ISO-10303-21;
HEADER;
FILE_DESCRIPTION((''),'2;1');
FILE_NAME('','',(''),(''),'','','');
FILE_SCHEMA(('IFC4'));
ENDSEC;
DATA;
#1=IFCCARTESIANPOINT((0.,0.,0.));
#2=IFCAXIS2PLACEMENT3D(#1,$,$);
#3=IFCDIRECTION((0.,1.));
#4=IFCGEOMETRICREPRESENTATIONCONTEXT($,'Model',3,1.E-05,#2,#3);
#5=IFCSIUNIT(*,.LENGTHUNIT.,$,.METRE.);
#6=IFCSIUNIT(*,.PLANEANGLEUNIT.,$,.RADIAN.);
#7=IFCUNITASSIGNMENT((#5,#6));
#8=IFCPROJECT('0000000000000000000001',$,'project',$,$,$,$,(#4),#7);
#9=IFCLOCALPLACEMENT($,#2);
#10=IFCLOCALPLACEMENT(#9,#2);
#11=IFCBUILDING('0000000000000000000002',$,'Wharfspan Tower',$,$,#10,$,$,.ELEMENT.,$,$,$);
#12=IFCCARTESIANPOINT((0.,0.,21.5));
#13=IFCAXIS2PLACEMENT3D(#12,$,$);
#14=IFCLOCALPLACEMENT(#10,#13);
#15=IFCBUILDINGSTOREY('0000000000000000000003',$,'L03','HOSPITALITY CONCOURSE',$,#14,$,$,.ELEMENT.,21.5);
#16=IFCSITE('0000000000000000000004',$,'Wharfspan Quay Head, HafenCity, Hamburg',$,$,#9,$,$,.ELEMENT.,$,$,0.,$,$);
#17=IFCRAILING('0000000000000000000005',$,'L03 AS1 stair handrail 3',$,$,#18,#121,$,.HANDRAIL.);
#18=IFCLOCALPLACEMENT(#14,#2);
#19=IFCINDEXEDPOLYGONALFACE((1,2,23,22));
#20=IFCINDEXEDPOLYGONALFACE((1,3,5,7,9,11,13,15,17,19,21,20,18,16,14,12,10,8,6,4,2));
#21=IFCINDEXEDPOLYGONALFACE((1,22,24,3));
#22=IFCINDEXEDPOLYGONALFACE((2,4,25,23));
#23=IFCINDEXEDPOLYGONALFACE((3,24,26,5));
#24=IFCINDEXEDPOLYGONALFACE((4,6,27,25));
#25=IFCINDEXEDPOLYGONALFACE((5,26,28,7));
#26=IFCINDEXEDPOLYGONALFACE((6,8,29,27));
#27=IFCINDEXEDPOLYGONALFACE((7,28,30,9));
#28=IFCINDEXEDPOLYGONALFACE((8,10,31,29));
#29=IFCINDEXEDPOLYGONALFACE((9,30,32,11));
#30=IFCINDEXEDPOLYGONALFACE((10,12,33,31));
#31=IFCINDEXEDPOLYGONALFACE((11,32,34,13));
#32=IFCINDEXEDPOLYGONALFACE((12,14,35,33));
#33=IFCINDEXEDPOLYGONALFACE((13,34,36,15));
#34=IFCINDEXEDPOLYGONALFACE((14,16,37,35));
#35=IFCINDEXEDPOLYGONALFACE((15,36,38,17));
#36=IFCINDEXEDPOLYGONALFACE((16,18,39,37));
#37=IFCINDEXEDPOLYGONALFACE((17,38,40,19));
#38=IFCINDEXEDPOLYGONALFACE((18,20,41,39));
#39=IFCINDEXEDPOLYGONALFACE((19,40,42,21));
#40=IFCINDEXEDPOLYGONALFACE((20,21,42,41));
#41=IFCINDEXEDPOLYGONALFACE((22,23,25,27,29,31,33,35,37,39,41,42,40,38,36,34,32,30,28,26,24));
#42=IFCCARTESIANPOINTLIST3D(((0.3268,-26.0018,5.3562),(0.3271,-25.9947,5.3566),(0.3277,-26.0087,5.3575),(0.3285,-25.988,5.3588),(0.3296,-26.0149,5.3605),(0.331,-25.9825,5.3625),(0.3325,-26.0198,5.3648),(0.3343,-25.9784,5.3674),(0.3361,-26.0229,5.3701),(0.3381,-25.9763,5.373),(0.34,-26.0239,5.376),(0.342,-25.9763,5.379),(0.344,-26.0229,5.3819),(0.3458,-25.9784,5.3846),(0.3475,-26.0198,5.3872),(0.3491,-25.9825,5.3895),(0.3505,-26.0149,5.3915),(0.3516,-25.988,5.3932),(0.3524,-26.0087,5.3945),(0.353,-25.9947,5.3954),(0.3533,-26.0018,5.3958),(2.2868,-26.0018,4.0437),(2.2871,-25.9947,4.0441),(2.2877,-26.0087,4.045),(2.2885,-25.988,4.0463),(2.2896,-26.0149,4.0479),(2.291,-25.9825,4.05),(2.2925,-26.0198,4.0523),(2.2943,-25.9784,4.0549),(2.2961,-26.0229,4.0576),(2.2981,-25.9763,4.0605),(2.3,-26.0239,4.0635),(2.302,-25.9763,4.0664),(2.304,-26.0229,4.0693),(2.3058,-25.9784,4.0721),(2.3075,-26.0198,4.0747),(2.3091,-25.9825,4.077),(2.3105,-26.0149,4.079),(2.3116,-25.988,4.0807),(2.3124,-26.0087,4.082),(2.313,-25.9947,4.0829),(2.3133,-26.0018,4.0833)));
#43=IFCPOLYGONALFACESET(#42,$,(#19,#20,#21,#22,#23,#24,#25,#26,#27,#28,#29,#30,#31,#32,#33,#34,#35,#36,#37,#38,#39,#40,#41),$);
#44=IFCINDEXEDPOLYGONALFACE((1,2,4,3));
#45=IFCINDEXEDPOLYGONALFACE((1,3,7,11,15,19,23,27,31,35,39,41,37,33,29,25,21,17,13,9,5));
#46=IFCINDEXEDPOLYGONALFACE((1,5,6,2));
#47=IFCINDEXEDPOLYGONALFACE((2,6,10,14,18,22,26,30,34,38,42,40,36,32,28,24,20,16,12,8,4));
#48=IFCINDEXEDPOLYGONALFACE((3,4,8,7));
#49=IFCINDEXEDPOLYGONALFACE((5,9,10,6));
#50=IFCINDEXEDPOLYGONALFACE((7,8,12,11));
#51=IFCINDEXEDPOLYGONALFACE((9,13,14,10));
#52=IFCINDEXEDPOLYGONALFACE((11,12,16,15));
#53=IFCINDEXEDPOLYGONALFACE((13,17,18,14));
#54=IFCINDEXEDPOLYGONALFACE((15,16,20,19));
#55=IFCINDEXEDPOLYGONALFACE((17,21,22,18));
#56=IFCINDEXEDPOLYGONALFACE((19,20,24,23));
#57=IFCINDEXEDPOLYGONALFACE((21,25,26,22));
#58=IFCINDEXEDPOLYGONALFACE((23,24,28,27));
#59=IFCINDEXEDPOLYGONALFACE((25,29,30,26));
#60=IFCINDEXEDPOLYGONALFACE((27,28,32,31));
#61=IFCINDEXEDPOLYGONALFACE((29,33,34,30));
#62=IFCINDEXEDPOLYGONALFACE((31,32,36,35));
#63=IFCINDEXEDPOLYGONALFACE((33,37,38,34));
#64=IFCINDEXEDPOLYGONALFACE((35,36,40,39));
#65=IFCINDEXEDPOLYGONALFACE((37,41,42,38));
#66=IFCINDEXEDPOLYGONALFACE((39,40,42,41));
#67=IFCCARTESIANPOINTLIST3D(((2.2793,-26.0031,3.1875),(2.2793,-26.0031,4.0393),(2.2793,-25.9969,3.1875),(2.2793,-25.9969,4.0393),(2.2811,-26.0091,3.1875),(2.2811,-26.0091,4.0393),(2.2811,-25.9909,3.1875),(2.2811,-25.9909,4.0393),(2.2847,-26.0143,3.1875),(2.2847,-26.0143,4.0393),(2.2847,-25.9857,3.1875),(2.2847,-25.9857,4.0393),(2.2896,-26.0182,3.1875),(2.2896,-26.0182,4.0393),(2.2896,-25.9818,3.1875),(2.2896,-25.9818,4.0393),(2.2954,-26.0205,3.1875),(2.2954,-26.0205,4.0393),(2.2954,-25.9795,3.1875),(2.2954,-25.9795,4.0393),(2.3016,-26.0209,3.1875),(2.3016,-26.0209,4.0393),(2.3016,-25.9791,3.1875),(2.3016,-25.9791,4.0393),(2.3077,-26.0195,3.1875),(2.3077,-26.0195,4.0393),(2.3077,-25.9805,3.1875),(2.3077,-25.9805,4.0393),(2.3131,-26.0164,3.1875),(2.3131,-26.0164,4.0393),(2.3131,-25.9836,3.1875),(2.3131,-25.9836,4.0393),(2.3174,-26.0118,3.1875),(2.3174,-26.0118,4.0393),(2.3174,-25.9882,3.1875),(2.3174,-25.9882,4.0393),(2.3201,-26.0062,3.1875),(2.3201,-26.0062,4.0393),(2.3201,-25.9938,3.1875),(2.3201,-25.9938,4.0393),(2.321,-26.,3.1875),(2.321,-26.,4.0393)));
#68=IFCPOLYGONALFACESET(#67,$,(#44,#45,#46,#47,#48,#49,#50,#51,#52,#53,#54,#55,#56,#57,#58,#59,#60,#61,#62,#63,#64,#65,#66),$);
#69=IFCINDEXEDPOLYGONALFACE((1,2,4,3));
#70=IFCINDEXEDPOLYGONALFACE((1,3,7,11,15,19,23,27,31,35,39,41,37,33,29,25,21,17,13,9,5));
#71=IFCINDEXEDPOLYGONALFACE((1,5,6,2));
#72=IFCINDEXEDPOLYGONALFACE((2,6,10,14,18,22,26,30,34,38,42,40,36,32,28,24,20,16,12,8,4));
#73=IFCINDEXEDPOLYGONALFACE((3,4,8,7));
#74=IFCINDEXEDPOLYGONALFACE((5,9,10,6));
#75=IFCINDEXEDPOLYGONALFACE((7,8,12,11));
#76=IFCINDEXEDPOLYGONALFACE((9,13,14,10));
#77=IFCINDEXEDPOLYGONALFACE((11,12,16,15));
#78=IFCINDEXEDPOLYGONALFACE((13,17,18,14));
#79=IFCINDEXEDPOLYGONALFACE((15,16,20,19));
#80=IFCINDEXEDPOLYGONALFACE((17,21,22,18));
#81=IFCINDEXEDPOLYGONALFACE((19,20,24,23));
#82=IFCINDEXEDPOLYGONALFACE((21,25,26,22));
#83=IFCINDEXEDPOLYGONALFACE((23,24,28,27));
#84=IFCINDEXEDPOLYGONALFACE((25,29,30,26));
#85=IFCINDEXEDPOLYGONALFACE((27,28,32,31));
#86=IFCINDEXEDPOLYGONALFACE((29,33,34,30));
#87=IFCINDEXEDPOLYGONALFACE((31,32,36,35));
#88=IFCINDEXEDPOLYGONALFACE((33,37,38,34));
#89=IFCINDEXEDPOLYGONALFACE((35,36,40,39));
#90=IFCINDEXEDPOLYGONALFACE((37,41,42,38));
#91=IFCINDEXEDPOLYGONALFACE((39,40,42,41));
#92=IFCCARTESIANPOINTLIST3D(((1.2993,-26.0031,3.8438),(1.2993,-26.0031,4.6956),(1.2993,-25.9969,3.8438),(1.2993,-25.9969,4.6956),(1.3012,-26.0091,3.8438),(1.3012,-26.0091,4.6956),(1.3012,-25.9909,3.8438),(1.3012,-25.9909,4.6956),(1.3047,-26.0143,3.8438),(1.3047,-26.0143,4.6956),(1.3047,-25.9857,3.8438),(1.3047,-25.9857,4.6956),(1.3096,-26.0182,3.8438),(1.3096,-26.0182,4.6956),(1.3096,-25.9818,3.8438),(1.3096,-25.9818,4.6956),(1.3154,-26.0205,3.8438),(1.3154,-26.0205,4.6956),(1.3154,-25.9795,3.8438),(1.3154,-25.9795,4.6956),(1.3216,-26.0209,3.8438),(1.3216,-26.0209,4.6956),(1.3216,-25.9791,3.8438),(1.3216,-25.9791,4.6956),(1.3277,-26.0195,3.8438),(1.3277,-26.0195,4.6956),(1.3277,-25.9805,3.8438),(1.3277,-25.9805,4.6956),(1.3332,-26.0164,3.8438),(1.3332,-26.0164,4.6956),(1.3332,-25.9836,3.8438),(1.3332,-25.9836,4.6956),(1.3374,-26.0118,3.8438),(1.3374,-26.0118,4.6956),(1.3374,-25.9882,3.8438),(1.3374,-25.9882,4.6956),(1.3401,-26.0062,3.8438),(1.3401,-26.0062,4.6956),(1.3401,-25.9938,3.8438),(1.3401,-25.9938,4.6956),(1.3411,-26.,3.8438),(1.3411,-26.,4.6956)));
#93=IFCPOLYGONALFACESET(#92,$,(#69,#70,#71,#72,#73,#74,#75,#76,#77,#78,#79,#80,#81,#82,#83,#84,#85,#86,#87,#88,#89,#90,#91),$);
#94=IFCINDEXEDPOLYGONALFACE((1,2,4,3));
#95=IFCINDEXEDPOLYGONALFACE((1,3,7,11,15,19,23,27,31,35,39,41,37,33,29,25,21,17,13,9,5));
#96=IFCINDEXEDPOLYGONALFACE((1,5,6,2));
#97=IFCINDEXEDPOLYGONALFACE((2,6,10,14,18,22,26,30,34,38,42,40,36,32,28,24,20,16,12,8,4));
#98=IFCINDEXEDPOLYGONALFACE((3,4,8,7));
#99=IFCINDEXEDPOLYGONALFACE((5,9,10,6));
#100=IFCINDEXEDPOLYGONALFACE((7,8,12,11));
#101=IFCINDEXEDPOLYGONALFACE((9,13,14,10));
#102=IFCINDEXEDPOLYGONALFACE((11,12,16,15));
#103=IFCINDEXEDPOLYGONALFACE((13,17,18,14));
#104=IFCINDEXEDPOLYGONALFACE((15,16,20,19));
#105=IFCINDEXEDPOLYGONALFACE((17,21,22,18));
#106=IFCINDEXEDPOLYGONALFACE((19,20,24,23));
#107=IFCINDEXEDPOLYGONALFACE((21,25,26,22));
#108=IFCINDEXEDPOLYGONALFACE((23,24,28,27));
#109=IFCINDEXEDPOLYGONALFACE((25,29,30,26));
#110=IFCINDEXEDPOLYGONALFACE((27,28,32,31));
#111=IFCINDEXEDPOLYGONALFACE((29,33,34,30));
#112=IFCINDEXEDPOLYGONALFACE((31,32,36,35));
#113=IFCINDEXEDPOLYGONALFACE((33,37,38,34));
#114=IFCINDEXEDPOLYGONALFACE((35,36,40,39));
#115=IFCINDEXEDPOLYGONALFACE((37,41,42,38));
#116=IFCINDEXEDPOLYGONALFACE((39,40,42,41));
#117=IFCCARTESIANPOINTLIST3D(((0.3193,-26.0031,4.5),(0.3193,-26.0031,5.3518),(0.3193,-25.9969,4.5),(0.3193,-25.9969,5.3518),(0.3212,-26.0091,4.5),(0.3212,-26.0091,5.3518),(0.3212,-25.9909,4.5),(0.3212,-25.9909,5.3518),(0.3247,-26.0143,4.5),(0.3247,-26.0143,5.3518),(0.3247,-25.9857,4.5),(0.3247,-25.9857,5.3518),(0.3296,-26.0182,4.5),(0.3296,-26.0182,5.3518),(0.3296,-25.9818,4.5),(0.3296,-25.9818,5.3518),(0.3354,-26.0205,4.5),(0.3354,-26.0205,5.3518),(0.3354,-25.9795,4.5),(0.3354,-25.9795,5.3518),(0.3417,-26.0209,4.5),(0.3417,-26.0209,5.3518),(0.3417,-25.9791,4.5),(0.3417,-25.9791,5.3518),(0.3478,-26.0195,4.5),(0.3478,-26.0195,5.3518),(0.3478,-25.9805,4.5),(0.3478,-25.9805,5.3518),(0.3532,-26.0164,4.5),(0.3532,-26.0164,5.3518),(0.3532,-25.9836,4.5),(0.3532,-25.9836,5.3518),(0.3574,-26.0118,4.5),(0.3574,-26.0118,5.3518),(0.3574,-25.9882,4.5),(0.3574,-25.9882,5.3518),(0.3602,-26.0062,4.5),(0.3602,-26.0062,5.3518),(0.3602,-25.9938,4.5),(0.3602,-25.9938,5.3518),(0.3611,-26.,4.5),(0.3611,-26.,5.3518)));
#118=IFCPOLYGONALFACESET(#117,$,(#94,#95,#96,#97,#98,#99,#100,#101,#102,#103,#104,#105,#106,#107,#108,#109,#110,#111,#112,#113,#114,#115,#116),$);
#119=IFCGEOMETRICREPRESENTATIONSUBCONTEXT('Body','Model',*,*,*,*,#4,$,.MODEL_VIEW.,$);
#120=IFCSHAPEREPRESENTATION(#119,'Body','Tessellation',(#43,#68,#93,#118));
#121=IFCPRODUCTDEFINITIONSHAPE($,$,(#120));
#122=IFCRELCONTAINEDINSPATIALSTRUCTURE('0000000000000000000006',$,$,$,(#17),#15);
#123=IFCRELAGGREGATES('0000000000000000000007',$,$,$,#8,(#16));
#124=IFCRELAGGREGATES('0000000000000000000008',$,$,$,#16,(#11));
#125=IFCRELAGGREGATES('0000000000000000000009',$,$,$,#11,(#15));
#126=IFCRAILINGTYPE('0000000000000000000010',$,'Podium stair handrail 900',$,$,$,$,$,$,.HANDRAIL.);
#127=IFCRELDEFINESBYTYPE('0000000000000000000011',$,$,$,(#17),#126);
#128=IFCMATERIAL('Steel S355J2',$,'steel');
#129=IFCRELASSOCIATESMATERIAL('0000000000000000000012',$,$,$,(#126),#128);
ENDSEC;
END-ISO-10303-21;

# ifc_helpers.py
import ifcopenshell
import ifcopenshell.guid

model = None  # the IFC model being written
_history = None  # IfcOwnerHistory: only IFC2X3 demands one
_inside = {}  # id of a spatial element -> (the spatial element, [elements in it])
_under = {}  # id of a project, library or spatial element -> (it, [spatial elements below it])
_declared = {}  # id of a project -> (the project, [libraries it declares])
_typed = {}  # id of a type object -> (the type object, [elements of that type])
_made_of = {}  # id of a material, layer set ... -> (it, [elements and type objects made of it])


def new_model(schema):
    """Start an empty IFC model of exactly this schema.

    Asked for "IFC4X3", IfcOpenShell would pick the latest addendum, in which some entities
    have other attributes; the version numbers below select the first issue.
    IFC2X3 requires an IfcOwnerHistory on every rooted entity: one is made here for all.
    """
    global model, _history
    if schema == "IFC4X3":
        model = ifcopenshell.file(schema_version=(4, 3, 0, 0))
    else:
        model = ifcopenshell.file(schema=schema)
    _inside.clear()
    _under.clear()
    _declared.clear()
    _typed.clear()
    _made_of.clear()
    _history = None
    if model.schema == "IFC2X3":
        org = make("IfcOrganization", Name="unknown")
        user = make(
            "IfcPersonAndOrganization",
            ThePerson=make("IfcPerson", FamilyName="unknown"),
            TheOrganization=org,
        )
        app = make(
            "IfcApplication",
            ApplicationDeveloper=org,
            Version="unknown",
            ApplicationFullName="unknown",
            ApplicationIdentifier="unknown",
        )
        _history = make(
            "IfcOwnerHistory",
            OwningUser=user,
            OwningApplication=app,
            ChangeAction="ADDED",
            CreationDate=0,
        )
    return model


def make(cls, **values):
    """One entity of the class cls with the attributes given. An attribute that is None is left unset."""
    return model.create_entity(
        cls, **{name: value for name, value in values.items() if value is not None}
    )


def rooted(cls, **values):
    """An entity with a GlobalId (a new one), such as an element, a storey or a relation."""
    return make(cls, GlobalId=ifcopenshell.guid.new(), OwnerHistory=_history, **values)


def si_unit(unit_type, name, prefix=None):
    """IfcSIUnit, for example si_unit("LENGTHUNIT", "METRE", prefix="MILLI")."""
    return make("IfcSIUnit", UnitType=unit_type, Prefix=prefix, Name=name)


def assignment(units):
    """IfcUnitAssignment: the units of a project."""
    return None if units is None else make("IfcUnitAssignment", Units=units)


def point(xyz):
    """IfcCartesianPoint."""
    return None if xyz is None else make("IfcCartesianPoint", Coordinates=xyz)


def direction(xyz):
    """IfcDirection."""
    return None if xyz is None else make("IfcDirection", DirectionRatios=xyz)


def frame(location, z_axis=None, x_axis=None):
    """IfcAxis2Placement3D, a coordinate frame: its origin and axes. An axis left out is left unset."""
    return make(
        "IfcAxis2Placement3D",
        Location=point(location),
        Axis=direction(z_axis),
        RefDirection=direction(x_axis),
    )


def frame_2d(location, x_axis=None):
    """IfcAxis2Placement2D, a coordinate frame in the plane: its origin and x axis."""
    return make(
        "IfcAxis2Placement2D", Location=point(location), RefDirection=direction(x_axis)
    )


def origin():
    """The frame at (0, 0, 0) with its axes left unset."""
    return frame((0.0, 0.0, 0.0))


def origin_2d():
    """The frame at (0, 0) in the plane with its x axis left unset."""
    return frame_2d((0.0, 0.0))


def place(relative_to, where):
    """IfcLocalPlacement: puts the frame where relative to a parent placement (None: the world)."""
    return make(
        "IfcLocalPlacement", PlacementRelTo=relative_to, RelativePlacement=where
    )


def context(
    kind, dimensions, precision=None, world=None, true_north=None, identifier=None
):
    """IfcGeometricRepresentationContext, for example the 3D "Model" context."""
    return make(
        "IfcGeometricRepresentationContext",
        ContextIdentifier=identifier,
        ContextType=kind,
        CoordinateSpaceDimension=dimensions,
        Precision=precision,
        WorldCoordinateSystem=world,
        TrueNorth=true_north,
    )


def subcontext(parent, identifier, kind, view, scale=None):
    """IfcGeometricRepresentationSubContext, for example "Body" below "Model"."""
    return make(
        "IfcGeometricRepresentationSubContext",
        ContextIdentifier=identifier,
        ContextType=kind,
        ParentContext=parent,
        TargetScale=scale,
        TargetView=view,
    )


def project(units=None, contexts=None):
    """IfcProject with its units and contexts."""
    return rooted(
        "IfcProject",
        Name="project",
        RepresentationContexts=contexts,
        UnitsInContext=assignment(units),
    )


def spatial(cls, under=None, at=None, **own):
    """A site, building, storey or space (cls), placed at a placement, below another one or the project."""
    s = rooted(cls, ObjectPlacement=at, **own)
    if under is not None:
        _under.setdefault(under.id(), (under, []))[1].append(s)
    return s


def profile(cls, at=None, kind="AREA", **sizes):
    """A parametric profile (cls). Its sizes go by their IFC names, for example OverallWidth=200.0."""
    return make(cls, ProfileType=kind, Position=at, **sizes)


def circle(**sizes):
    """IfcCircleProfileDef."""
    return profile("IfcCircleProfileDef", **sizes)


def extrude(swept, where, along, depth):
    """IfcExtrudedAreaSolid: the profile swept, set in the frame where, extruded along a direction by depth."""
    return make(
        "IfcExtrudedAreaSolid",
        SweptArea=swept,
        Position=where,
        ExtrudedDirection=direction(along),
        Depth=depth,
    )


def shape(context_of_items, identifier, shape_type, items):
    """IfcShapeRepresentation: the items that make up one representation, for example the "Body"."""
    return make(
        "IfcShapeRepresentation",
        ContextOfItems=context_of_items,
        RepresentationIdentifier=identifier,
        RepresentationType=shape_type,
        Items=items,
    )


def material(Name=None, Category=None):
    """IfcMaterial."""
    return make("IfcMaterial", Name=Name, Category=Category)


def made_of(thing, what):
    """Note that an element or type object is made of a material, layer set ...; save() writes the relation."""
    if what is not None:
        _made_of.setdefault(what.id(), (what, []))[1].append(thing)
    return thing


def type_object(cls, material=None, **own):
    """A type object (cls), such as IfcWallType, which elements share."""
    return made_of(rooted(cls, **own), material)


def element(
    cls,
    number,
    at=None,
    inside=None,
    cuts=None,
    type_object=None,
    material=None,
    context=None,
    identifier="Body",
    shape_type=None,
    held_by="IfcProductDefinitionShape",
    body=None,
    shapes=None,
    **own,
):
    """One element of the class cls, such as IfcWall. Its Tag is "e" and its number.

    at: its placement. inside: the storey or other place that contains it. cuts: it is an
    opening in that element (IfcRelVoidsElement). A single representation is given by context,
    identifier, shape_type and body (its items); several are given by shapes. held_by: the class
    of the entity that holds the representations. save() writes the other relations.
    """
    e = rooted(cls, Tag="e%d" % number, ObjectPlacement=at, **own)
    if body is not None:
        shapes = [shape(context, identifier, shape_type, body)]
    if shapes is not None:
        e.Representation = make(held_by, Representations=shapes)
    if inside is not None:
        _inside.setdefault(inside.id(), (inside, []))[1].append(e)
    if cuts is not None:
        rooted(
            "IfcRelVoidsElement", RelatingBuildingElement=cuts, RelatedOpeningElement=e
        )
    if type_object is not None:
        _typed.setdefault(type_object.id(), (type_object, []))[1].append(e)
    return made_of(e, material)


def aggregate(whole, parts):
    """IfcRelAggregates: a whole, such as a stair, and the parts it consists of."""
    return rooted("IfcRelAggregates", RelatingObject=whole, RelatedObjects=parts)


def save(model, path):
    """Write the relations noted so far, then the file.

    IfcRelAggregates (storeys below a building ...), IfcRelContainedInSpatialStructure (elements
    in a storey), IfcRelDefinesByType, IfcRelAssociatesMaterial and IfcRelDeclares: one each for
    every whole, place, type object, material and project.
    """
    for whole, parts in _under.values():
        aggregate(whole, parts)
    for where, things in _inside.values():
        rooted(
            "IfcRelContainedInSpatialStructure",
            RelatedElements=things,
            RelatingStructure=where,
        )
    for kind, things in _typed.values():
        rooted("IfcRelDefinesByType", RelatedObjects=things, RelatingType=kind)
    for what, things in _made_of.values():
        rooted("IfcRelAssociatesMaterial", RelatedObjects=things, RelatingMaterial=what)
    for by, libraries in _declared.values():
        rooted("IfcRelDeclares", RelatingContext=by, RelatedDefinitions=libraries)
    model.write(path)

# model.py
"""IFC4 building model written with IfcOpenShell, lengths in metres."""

from ifc_helpers import new_model, si_unit, direction, frame, origin, origin_2d, place, context, subcontext, project, spatial, circle, extrude, material, type_object, element, save


model = new_model("IFC4")

# Units and contexts
model_context = context("Model", 3, precision=1e-05, world=origin(), true_north=direction((0.0, 1.0)))
body_context = subcontext(model_context, "Body", "Model", "MODEL_VIEW")
ifc_project = project(units=[si_unit("LENGTHUNIT", "METRE"), si_unit("PLANEANGLEUNIT", "RADIAN")], contexts=[model_context])

# Site, building, storey
site_placement = place(None, origin())
site = spatial("IfcSite", under=ifc_project, at=site_placement, Name="Wharfspan Quay Head, HafenCity, Hamburg", CompositionType="ELEMENT", RefElevation=0.0)
building_placement = place(site_placement, origin())
building = spatial("IfcBuilding", under=site, at=building_placement, Name="Wharfspan Tower", CompositionType="ELEMENT")
storey_placement = place(building_placement, frame((0.0, 0.0, 21.5)))
storey = spatial("IfcBuildingStorey", under=building, at=storey_placement, Name="L03", Description="HOSPITALITY CONCOURSE", CompositionType="ELEMENT", Elevation=21.5)

# Railing
ifc_material_1 = material(Name="Steel S355J2", Category="steel")
railing_type_1 = type_object("IfcRailingType", Name="Podium stair handrail 900", PredefinedType="HANDRAIL", material=ifc_material_1)
railing_1_placement = place(storey_placement, frame((2.3, -26.0, 3.1875)))
element("IfcRailing", 1, at=railing_1_placement, inside=storey, type_object=railing_type_1, Name="L03 AS1 stair handrail 3", PredefinedType="HANDRAIL", context=body_context, shape_type="SweptSolid", body=[
    extrude(circle(Radius=0.0239, at=origin_2d()), frame((0.0, 0.0, 0.876), z_axis=(-0.830902, 0.0, 0.556419), x_axis=(0.0, -1.0, 0.0)), (0.0, 0.0, 1.0), 2.3589),
    extrude(circle(Radius=0.021, at=origin_2d()), origin(), (0.0, 0.0, 1.0), 0.8518),
    extrude(circle(Radius=0.021, at=origin_2d()), frame((-0.98, 0.0, 0.6562)), (0.0, 0.0, 1.0), 0.8518),
    extrude(circle(Radius=0.021, at=origin_2d()), frame((-1.96, 0.0, 1.3125)), (0.0, 0.0, 1.0), 0.8518),
])

save(model, "model.ifc")
